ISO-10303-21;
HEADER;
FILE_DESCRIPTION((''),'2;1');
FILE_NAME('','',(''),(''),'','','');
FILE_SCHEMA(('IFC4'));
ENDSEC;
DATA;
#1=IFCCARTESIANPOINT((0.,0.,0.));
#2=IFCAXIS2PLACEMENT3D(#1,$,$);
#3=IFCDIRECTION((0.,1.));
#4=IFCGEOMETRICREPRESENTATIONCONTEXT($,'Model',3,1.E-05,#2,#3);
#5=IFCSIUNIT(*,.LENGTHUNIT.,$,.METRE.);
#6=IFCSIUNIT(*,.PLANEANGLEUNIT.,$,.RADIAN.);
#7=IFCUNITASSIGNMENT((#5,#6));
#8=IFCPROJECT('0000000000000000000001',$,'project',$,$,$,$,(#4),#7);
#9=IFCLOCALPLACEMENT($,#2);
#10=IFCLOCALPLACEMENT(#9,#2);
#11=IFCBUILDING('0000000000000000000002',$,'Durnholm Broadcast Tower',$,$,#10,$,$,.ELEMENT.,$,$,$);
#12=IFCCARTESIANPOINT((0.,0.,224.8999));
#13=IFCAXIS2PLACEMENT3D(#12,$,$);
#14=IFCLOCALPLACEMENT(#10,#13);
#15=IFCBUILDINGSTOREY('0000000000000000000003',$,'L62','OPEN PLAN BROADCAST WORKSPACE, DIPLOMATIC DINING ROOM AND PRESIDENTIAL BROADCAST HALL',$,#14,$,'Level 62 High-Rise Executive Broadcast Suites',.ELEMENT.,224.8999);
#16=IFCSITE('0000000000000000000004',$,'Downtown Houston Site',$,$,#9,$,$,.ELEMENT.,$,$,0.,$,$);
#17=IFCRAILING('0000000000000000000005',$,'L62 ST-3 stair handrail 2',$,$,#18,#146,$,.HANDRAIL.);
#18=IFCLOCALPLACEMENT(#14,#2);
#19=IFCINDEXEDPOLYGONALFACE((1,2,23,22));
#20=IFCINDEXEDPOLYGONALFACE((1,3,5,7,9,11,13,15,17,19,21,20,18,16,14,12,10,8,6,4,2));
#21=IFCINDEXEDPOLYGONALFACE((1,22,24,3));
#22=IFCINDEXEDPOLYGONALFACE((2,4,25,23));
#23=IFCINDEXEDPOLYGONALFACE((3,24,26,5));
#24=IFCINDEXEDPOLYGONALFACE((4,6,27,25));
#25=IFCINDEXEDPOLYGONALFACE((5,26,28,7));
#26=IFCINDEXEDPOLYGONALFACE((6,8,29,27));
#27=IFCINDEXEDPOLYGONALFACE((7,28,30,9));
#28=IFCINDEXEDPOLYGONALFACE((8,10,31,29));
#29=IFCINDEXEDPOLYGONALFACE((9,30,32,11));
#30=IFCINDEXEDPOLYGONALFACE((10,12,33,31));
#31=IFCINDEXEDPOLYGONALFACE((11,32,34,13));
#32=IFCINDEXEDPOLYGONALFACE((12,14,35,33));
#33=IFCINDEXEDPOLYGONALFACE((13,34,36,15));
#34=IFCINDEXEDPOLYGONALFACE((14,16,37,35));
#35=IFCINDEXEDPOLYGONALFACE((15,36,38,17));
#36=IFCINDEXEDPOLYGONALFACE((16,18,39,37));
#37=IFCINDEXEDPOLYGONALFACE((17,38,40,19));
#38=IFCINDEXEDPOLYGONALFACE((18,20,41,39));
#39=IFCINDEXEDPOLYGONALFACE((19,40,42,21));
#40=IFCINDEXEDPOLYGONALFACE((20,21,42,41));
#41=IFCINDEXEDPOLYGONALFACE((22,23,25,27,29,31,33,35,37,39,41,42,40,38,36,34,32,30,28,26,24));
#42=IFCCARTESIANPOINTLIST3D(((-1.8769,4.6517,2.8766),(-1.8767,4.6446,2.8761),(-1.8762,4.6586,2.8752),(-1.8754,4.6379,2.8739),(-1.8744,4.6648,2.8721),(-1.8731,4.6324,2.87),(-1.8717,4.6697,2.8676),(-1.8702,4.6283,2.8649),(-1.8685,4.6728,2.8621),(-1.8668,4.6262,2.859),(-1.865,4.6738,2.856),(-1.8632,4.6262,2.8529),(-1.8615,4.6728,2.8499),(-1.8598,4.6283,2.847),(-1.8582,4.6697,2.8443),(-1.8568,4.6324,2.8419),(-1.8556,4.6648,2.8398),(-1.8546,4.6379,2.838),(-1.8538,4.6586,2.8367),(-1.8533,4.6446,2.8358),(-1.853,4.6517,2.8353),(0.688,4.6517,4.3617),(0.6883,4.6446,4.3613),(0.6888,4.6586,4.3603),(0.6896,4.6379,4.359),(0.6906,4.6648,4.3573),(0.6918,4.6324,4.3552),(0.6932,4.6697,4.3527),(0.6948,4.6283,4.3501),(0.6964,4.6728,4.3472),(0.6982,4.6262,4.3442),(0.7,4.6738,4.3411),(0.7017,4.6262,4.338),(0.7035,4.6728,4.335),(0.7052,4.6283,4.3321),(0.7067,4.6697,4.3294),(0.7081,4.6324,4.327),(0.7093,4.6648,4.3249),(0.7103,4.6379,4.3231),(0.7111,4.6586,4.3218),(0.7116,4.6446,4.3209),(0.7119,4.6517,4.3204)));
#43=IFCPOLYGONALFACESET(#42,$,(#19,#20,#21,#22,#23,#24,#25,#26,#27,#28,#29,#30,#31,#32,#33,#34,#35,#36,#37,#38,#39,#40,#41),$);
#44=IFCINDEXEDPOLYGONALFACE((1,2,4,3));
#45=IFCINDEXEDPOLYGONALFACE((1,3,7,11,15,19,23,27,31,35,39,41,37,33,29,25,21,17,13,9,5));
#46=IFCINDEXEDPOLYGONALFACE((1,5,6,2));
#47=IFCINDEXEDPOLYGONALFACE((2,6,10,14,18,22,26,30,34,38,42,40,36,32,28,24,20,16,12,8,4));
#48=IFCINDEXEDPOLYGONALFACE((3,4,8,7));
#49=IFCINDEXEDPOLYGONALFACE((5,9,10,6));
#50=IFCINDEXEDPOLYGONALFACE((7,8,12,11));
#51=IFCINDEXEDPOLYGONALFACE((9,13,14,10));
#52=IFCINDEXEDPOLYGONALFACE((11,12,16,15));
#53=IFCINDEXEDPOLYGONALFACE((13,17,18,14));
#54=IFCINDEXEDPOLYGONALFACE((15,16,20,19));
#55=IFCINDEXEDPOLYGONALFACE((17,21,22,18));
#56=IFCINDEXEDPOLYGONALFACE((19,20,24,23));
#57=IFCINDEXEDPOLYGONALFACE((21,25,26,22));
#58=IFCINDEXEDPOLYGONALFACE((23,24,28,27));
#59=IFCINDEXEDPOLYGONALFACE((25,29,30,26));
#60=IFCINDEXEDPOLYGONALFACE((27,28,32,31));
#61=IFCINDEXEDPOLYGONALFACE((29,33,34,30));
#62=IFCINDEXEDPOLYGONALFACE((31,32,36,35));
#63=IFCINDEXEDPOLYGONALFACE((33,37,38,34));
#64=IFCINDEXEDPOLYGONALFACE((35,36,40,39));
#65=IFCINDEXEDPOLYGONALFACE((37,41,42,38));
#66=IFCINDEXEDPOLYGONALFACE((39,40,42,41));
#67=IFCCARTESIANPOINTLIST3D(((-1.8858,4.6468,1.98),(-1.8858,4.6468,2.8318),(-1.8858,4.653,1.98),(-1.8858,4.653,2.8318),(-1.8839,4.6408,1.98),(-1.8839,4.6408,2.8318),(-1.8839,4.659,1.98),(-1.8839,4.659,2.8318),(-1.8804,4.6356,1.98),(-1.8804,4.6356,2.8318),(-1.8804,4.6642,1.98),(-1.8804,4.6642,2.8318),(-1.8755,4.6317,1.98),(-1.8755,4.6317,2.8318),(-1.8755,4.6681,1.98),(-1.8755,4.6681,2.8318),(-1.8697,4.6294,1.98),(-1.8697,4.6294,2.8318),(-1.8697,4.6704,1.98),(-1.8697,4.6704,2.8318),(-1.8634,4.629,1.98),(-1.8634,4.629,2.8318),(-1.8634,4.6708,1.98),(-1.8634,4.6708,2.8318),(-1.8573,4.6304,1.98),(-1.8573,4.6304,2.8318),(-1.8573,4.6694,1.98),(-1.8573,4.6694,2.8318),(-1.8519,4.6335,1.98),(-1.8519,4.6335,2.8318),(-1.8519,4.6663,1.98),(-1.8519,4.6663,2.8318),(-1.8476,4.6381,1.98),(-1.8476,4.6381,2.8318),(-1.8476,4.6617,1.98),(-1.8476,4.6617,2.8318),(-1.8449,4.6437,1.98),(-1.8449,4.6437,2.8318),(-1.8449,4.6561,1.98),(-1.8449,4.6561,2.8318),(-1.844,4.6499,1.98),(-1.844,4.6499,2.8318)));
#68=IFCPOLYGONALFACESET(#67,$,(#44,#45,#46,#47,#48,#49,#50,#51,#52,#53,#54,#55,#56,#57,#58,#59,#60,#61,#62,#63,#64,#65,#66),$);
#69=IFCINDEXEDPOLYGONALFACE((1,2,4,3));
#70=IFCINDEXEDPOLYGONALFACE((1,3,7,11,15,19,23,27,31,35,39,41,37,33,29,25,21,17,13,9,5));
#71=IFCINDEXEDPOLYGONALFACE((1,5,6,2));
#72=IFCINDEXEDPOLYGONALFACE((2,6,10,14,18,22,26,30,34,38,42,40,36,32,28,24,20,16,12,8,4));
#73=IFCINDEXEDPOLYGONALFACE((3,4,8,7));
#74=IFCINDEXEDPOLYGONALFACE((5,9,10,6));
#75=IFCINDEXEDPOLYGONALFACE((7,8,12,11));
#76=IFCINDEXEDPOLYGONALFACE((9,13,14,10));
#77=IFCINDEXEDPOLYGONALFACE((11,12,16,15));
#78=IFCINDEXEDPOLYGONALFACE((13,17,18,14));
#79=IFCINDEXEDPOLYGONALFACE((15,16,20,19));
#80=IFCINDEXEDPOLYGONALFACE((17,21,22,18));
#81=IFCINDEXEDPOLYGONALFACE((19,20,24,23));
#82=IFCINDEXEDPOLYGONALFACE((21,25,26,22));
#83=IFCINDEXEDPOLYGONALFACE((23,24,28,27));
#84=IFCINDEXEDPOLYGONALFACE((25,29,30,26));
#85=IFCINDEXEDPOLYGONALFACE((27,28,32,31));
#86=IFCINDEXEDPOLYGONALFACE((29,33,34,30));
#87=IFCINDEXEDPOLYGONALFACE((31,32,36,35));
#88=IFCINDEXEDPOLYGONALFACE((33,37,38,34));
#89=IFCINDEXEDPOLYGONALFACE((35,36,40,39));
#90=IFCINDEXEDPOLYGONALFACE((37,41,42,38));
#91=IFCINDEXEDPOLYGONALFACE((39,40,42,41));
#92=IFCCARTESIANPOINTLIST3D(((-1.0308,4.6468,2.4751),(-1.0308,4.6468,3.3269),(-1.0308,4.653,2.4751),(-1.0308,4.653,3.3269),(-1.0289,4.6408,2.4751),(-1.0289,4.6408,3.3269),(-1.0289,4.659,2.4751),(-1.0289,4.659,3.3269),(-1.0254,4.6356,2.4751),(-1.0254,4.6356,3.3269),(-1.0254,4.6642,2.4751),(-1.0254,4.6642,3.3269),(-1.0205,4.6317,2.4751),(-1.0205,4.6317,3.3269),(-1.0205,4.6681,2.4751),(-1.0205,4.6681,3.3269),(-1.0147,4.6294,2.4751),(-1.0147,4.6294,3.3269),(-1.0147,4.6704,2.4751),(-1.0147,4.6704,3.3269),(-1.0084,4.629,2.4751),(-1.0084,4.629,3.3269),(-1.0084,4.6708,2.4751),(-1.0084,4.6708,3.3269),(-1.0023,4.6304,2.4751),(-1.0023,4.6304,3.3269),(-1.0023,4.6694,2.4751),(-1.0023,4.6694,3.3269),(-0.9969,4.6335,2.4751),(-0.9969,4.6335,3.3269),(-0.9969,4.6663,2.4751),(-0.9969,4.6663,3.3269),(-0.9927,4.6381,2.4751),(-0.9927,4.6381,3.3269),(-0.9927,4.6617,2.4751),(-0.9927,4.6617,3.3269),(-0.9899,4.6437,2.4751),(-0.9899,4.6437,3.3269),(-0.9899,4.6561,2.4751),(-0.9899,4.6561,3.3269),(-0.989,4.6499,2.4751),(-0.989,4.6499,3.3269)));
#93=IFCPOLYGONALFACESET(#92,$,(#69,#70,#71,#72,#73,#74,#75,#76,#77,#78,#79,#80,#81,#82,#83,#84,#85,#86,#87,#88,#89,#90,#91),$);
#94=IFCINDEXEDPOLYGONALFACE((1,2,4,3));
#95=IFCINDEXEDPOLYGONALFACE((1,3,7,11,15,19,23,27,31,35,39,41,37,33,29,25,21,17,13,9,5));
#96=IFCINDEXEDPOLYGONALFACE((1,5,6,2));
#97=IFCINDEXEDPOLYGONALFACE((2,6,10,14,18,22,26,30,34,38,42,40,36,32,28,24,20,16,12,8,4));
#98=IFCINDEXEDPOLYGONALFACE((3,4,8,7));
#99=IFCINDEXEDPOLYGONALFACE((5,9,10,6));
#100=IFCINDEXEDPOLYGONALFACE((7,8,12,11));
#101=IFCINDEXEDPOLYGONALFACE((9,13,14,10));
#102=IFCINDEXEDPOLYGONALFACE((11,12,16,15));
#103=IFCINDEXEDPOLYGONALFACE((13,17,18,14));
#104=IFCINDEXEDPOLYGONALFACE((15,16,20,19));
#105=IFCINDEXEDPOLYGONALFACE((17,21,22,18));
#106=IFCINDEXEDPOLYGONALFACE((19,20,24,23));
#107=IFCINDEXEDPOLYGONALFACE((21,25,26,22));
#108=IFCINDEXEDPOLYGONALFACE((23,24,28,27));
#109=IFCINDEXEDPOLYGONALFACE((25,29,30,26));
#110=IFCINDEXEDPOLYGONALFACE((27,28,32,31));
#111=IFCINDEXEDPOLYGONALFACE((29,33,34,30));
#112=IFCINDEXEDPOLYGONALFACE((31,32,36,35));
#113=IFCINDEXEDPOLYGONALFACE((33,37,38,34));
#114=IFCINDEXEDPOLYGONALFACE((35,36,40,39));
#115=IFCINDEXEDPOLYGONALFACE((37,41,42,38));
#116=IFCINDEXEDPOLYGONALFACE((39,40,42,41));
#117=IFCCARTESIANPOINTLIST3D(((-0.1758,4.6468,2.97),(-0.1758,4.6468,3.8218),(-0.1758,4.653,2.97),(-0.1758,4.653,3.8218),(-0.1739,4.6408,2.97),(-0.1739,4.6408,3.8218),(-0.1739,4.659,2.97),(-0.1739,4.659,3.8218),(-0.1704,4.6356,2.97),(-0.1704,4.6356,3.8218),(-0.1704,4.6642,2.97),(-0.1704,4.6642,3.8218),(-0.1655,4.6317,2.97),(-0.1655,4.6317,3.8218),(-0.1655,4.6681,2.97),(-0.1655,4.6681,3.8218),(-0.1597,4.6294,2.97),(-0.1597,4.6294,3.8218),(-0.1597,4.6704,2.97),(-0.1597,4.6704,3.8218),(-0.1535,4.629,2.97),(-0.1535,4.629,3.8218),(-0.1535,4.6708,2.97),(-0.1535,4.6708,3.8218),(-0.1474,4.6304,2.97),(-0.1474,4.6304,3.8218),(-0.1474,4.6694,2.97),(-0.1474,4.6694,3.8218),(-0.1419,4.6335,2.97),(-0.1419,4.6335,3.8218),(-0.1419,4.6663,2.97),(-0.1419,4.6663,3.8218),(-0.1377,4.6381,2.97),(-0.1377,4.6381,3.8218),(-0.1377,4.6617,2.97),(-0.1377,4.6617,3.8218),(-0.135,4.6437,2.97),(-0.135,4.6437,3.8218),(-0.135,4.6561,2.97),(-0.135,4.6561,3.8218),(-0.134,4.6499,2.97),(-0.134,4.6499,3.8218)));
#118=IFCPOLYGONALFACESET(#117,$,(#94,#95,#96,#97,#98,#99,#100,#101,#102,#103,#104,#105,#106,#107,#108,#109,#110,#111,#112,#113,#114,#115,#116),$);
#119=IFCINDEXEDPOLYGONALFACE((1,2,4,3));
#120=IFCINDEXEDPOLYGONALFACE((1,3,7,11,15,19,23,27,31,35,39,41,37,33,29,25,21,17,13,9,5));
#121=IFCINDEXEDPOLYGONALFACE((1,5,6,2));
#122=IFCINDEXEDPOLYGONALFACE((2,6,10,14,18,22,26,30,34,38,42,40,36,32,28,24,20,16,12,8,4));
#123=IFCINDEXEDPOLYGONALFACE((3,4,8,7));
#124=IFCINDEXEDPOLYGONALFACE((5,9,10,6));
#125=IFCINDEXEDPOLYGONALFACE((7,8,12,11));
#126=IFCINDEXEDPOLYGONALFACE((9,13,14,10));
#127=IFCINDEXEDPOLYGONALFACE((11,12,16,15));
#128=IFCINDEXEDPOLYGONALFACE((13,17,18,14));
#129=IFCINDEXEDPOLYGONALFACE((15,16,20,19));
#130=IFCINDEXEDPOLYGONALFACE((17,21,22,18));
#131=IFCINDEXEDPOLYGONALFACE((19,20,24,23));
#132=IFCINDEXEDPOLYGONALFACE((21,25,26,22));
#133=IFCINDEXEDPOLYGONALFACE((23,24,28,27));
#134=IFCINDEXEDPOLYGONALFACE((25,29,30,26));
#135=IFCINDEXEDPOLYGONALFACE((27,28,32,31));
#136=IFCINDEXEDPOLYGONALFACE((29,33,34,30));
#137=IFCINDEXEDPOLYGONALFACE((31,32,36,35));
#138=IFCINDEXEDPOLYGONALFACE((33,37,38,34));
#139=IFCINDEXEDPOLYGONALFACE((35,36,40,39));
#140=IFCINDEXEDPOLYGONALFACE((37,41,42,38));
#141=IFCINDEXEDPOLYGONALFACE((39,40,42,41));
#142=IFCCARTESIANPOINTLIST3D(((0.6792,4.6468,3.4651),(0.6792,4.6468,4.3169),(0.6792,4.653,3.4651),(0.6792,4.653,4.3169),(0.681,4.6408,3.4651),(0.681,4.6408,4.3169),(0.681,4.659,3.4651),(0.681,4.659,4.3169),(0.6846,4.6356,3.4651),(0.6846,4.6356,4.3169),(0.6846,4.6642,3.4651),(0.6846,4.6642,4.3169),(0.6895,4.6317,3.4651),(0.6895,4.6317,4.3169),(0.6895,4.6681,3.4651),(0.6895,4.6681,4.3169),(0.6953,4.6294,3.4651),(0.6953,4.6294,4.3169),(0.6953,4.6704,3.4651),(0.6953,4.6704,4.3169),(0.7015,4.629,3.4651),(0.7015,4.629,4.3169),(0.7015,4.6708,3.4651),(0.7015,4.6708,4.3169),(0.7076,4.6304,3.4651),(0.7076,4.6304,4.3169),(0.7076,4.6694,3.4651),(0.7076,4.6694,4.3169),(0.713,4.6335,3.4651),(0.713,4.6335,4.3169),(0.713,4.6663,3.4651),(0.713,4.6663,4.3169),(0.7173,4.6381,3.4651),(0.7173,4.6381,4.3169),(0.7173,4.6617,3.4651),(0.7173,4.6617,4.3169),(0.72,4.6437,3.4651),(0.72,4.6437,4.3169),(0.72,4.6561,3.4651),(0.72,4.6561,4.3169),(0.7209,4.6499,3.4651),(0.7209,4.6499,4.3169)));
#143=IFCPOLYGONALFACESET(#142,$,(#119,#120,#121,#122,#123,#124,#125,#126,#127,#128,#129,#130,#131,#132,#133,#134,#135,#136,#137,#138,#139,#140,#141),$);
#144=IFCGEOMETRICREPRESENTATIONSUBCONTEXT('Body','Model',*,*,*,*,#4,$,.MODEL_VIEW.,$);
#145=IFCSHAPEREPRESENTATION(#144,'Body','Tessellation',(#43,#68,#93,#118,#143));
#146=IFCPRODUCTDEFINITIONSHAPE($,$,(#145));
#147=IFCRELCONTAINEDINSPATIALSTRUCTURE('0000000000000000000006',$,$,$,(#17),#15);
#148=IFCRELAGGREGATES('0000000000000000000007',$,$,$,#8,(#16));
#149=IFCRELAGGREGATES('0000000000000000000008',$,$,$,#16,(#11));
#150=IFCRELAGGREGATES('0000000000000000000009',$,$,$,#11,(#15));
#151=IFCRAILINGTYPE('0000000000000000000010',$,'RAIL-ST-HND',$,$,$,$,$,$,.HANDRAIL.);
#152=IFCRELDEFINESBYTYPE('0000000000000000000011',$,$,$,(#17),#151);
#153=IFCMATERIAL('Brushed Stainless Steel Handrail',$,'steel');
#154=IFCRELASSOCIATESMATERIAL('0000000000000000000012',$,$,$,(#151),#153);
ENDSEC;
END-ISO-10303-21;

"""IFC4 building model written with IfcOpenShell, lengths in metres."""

from ifc_helpers import new_model, si_unit, direction, frame, origin, origin_2d, place, context, subcontext, project, spatial, circle, extrude, material, type_object, element, save


model = new_model("IFC4")

# Units and contexts
model_context = context("Model", 3, precision=1e-05, world=origin(), true_north=direction((0.0, 1.0)))
body_context = subcontext(model_context, "Body", "Model", "MODEL_VIEW")
ifc_project = project(units=[si_unit("LENGTHUNIT", "METRE"), si_unit("PLANEANGLEUNIT", "RADIAN")], contexts=[model_context])

# Site, building, storey
site_placement = place(None, origin())
site = spatial("IfcSite", under=ifc_project, at=site_placement, Name="Downtown Houston Site", CompositionType="ELEMENT", RefElevation=0.0)
building_placement = place(site_placement, origin())
building = spatial("IfcBuilding", under=site, at=building_placement, Name="Durnholm Broadcast Tower", CompositionType="ELEMENT")
storey_placement = place(building_placement, frame((0.0, 0.0, 224.8999)))
storey = spatial("IfcBuildingStorey", under=building, at=storey_placement, Name="L62", Description="OPEN PLAN BROADCAST WORKSPACE, DIPLOMATIC DINING ROOM AND PRESIDENTIAL BROADCAST HALL", LongName="Level 62 High-Rise Executive Broadcast Suites", CompositionType="ELEMENT", Elevation=224.8999)

# Railing
ifc_material_1 = material(Name="Brushed Stainless Steel Handrail", Category="steel")
railing_type_1 = type_object("IfcRailingType", Name="RAIL-ST-HND", PredefinedType="HANDRAIL", material=ifc_material_1)
railing_1_placement = place(storey_placement, frame((-1.865, 4.6499, 1.98)))
element("IfcRailing", 1, at=railing_1_placement, inside=storey, type_object=railing_type_1, Name="L62 ST-3 stair handrail 2", PredefinedType="HANDRAIL", context=body_context, shape_type="SweptSolid", body=[
    extrude(circle(Radius=0.0239, at=origin_2d()), frame((0.0, 0.0, 0.876), z_axis=(0.865406, 0.0, 0.501072), x_axis=(0.0, 1.0, 0.0)), (0.0, 0.0, 1.0), 2.9639),
    extrude(circle(Radius=0.021, at=origin_2d()), origin(), (0.0, 0.0, 1.0), 0.8518),
    extrude(circle(Radius=0.021, at=origin_2d()), frame((0.855, 0.0, 0.4951)), (0.0, 0.0, 1.0), 0.8518),
    extrude(circle(Radius=0.021, at=origin_2d()), frame((1.71, 0.0, 0.99)), (0.0, 0.0, 1.0), 0.8518),
    extrude(circle(Radius=0.021, at=origin_2d()), frame((2.5649, 0.0, 1.4851)), (0.0, 0.0, 1.0), 0.8518),
])

save(model, "model.ifc")
